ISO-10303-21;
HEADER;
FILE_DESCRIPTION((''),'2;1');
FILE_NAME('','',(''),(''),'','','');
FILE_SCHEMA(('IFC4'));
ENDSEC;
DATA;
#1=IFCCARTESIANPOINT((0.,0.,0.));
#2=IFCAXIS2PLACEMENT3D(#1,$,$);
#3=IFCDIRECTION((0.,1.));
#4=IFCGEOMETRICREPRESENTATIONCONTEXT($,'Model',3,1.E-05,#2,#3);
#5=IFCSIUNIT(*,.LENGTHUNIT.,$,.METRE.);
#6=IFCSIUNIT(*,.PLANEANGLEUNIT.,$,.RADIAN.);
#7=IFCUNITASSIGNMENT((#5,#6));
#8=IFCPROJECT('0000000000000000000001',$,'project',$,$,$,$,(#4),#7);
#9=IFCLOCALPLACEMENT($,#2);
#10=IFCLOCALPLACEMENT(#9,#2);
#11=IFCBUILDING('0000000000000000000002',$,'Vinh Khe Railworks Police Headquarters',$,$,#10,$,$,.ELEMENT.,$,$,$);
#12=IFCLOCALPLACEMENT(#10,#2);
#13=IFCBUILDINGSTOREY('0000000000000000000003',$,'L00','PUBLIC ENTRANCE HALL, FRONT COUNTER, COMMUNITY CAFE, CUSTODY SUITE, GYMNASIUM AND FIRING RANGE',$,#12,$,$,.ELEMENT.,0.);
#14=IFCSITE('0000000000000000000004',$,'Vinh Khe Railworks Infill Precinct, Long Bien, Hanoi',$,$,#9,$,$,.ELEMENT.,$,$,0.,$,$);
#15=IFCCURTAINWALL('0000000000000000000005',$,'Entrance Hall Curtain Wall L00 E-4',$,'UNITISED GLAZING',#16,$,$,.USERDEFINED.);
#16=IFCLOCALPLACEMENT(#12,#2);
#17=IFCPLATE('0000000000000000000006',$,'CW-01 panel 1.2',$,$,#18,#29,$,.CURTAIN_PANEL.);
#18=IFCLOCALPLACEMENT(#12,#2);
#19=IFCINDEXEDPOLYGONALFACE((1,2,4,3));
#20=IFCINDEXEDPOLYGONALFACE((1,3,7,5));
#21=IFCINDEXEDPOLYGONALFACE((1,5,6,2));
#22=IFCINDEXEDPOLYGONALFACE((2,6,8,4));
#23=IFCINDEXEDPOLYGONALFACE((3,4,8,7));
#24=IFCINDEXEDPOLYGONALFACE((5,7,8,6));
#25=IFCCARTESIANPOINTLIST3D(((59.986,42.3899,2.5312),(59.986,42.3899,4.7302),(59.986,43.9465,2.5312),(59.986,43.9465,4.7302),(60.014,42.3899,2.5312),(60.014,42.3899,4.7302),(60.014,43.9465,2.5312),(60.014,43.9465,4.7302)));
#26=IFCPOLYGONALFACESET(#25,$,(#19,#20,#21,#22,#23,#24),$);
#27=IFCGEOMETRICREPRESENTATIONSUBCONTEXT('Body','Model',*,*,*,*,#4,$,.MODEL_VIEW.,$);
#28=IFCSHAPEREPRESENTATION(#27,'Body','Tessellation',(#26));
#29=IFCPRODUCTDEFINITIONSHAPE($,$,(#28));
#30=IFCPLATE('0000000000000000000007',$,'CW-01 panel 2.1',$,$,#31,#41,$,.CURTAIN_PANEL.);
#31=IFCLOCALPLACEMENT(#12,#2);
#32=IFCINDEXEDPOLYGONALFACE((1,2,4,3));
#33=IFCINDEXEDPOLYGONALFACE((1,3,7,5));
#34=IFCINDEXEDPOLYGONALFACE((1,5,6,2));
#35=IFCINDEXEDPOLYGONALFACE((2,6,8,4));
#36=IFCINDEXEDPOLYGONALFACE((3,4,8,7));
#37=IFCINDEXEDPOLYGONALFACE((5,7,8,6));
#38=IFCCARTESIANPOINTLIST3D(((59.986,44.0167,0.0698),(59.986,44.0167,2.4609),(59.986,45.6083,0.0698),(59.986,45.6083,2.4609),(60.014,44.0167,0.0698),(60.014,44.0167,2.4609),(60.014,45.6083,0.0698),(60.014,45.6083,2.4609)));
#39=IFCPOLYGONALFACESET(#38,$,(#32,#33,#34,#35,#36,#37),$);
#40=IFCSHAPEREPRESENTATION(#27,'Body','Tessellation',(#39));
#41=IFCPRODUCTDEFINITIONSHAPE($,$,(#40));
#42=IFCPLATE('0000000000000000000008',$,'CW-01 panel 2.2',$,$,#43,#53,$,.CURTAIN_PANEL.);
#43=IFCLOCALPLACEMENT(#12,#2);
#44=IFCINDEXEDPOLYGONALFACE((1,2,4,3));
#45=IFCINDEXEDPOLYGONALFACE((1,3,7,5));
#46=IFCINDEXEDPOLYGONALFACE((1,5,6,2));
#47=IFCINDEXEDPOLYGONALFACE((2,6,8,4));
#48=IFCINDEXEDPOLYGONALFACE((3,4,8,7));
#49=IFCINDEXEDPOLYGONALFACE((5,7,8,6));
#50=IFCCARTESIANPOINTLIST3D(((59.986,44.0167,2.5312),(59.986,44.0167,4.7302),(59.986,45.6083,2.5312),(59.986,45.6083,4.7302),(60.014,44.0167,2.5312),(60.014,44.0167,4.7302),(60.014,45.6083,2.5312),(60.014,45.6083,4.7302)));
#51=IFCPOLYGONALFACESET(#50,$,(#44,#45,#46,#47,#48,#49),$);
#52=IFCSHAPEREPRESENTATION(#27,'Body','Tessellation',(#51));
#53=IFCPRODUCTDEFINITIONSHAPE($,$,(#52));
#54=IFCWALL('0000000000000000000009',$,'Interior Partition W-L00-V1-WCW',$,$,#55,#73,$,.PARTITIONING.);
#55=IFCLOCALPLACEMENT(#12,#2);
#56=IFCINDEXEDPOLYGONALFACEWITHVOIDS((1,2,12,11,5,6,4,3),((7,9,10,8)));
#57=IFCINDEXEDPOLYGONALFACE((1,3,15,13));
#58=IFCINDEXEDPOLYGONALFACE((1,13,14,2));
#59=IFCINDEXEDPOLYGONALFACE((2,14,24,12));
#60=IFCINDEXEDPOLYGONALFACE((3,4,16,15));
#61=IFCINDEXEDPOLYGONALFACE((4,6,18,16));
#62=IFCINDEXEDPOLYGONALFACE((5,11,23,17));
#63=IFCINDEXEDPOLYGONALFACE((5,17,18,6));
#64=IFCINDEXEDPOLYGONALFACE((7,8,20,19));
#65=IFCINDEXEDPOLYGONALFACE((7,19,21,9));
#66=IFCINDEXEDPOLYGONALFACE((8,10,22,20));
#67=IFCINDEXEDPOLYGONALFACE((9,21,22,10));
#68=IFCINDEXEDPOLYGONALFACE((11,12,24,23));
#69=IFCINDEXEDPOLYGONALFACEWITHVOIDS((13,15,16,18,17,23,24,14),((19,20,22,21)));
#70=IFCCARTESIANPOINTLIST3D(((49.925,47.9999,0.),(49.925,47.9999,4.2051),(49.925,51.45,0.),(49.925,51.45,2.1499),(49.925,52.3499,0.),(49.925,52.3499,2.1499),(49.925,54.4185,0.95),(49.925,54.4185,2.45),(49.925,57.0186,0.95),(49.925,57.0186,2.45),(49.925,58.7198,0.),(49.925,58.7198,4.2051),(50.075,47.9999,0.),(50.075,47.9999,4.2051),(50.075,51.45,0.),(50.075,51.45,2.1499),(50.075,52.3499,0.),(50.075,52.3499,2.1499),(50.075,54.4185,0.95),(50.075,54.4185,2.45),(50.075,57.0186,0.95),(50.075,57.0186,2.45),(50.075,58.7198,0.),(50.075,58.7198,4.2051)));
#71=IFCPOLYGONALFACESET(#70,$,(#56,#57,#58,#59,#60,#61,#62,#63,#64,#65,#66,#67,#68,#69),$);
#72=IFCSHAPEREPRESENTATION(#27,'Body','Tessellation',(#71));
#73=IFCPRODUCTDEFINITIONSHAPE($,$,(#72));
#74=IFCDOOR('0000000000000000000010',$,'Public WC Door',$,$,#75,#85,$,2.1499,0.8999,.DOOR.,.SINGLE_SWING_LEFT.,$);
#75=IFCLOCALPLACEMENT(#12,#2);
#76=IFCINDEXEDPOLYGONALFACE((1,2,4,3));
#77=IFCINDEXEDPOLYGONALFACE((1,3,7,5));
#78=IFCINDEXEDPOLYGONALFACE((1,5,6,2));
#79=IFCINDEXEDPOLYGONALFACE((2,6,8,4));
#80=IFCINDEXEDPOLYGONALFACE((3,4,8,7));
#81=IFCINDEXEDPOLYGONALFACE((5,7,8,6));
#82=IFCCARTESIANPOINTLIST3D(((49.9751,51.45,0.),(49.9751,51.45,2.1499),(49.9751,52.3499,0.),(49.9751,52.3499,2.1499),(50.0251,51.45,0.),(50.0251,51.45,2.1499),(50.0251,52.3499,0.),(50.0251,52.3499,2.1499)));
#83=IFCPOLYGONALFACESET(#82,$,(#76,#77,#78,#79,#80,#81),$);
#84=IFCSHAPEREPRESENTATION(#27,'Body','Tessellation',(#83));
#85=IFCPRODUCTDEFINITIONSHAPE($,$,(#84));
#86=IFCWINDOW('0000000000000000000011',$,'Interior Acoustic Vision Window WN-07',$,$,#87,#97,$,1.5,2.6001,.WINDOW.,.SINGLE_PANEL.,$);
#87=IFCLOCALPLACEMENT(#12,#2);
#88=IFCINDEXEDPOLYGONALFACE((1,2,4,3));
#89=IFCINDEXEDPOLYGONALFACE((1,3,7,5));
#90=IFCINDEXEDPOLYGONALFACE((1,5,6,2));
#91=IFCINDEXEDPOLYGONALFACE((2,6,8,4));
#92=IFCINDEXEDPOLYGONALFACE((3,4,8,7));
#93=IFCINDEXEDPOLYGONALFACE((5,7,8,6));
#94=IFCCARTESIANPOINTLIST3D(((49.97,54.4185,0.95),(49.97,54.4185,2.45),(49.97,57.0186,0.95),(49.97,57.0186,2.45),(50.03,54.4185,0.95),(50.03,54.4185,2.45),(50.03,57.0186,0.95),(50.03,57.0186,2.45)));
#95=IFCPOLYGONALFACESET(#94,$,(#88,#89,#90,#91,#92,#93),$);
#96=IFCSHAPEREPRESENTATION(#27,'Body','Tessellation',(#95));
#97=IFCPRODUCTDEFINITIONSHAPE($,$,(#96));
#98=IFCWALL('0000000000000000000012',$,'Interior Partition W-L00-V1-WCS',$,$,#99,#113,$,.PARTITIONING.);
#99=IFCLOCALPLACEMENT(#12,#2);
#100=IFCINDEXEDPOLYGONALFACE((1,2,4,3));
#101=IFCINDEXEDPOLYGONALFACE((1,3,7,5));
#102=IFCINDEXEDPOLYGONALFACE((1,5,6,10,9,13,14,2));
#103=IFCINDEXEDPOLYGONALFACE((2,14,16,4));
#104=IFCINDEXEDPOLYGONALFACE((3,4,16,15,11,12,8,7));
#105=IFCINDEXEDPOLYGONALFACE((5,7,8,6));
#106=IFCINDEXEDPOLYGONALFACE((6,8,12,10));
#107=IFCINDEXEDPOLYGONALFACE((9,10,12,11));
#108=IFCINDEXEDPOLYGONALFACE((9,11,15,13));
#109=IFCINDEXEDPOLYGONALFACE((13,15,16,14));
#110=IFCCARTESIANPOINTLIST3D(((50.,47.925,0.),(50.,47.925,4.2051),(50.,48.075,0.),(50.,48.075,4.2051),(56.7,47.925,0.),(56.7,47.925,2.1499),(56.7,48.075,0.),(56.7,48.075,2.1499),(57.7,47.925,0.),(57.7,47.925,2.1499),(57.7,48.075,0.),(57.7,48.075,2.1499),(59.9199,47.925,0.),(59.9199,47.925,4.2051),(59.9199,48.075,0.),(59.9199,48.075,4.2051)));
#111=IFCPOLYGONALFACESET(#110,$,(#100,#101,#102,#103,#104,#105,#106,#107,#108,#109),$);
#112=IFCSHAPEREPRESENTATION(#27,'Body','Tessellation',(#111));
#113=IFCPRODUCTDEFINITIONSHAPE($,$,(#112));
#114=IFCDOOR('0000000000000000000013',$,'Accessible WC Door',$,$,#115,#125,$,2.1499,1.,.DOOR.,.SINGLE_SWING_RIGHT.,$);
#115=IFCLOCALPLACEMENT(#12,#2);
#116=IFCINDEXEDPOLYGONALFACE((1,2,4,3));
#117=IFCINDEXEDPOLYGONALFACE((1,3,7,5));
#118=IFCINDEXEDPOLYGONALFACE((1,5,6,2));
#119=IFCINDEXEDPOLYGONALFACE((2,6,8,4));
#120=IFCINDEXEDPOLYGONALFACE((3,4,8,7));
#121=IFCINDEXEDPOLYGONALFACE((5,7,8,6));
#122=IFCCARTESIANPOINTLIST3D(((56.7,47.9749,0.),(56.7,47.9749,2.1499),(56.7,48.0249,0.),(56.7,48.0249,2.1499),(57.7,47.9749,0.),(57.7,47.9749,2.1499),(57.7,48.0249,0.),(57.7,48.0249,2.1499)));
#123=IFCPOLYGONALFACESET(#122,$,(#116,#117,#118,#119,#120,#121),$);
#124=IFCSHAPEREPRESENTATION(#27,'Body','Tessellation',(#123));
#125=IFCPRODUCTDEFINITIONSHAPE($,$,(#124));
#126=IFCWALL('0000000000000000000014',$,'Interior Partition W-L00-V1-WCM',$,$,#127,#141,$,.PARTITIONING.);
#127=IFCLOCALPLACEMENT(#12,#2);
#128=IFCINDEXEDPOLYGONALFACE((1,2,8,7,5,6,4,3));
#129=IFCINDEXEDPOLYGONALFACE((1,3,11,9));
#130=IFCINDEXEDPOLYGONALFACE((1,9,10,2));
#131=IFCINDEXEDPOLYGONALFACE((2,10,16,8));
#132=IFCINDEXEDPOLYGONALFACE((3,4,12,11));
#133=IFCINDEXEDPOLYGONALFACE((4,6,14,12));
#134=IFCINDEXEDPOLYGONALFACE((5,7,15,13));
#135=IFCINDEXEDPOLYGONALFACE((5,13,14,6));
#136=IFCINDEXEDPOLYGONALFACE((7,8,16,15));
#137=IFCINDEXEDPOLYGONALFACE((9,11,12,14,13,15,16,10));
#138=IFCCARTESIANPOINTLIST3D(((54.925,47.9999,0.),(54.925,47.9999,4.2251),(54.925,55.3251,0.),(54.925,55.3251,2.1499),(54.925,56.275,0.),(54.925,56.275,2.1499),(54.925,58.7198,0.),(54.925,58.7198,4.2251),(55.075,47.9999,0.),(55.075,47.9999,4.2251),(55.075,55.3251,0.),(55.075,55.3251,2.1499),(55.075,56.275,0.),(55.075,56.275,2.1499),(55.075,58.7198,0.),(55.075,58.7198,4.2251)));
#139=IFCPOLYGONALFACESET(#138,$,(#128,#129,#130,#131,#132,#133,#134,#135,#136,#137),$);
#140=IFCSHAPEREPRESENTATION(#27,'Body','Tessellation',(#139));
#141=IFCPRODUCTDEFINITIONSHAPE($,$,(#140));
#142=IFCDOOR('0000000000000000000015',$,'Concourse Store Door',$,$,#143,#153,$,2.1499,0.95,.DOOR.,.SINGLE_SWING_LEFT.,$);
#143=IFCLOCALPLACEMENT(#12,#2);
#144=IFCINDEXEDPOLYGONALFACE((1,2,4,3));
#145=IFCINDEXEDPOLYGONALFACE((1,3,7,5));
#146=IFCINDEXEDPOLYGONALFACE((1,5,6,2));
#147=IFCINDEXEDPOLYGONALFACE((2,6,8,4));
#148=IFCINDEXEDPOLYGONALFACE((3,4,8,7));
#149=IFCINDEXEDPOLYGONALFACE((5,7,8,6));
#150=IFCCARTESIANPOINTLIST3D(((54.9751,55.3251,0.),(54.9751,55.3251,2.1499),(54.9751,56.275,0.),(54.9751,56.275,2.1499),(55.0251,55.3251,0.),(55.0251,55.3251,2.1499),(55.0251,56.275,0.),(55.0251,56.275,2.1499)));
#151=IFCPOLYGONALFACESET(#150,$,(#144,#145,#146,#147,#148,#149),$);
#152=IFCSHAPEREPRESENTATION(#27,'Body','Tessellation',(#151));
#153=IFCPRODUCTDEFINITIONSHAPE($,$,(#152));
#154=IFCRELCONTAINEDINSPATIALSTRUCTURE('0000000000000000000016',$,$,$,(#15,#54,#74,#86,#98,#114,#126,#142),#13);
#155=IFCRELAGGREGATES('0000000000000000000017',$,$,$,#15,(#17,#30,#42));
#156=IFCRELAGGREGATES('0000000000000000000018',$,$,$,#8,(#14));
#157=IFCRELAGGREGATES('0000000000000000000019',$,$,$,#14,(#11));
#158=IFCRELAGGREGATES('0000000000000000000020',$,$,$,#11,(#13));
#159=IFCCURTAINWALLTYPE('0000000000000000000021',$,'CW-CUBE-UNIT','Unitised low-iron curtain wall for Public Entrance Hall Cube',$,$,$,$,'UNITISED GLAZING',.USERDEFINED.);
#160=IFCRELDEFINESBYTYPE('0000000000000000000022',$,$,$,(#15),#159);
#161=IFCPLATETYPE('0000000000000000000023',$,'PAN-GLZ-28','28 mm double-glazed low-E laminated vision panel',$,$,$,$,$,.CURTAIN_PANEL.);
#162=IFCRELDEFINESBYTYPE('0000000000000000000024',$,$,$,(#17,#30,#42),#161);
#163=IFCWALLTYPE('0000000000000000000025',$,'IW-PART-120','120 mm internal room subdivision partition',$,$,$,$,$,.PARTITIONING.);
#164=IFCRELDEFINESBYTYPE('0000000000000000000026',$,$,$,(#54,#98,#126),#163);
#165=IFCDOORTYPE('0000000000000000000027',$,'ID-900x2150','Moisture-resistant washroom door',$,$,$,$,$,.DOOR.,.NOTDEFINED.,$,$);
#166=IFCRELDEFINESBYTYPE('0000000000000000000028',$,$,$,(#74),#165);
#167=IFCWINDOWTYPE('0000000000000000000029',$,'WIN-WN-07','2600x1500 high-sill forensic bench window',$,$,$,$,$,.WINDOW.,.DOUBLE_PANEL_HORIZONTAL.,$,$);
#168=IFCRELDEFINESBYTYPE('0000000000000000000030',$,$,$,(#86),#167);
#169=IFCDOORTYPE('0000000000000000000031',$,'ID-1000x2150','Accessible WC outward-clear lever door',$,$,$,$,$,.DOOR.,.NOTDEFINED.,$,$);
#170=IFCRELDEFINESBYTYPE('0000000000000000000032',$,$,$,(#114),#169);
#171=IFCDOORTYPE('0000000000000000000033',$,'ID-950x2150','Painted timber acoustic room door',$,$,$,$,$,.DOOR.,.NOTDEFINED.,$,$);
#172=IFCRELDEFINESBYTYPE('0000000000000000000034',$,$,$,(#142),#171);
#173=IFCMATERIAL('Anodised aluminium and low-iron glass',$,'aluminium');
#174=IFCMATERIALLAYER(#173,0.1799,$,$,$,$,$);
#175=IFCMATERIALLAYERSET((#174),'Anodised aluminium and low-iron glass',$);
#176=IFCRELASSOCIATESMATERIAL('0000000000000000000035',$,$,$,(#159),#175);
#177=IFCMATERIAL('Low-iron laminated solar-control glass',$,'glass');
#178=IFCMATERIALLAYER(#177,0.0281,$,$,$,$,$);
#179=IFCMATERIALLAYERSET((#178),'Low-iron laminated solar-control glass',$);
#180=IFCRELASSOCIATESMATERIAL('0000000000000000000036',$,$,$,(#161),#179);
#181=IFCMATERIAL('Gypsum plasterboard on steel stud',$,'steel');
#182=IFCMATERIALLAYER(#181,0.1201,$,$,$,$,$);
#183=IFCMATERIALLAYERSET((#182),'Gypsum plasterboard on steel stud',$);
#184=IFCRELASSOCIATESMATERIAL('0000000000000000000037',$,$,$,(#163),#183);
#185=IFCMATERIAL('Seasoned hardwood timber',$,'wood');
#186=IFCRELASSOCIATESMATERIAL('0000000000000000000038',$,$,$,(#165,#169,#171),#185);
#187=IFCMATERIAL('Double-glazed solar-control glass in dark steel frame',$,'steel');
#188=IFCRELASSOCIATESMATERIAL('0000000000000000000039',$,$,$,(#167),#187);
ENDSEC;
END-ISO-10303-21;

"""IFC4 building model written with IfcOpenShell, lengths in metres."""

from ifc_helpers import new_model, si_unit, direction, frame, frame_2d, origin, origin_2d, place, context, subcontext, project, spatial, rectangle, extrude, material, layer, layer_set, type_object, element, fill, aggregate, save


model = new_model("IFC4")

# Units and contexts
model_context = context("Model", 3, precision=1e-05, world=origin(), true_north=direction((0.0, 1.0)))
body_context = subcontext(model_context, "Body", "Model", "MODEL_VIEW")
ifc_project = project(units=[si_unit("LENGTHUNIT", "METRE"), si_unit("PLANEANGLEUNIT", "RADIAN")], contexts=[model_context])

# Site, building, storey
site_placement = place(None, origin())
site = spatial("IfcSite", under=ifc_project, at=site_placement, Name="Vinh Khe Railworks Infill Precinct, Long Bien, Hanoi", CompositionType="ELEMENT", RefElevation=0.0)
building_placement = place(site_placement, origin())
building = spatial("IfcBuilding", under=site, at=building_placement, Name="Vinh Khe Railworks Police Headquarters", CompositionType="ELEMENT")
storey_placement = place(building_placement, origin())
storey = spatial("IfcBuildingStorey", under=building, at=storey_placement, Name="L00", Description="PUBLIC ENTRANCE HALL, FRONT COUNTER, COMMUNITY CAFE, CUSTODY SUITE, GYMNASIUM AND FIRING RANGE", CompositionType="ELEMENT", Elevation=0.0)

# Curtain wall
ifc_material_1 = material(Name="Anodised aluminium and low-iron glass", Category="aluminium")
ifc_layer_1 = layer(ifc_material_1, 0.1799)
ifc_layer_set_1 = layer_set([ifc_layer_1], Name="Anodised aluminium and low-iron glass")
curtain_wall_type = type_object("IfcCurtainWallType", Name="CW-CUBE-UNIT", Description="Unitised low-iron curtain wall for Public Entrance Hall Cube", ElementType="UNITISED GLAZING", PredefinedType="USERDEFINED", material=ifc_layer_set_1)
curtain_wall_placement = place(storey_placement, origin())
curtain_wall = element("IfcCurtainWall", 1, at=curtain_wall_placement, inside=storey, type_object=curtain_wall_type, Name="Entrance Hall Curtain Wall L00 E-4", ObjectType="UNITISED GLAZING", PredefinedType="USERDEFINED")

# Plates
ifc_material_2 = material(Name="Low-iron laminated solar-control glass", Category="glass")
ifc_layer_2 = layer(ifc_material_2, 0.0281)
ifc_layer_set_2 = layer_set([ifc_layer_2], Name="Low-iron laminated solar-control glass")
plate_type = type_object("IfcPlateType", Name="PAN-GLZ-28", Description="28 mm double-glazed low-E laminated vision panel", PredefinedType="CURTAIN_PANEL", material=ifc_layer_set_2)
plate_1_placement = place(storey_placement, frame((60.0, 43.1682, 2.5312), z_axis=(0.0, 0.0, 1.0), x_axis=(0.0, 1.0, 0.0)))
plate_1 = element("IfcPlate", 2, at=plate_1_placement, type_object=plate_type, Name="CW-01 panel 1.2", PredefinedType="CURTAIN_PANEL", context=body_context, shape_type="SweptSolid", body=[
    extrude(rectangle(XDim=1.5566, YDim=0.0281, at=origin_2d()), origin(), (0.0, 0.0, 1.0), 2.199),
])
plate_2_placement = place(storey_placement, frame((60.0, 44.8125, 0.0698), z_axis=(0.0, 0.0, 1.0), x_axis=(0.0, 1.0, 0.0)))
plate_2 = element("IfcPlate", 3, at=plate_2_placement, type_object=plate_type, Name="CW-01 panel 2.1", PredefinedType="CURTAIN_PANEL", context=body_context, shape_type="SweptSolid", body=[
    extrude(rectangle(XDim=1.5916, YDim=0.0281, at=origin_2d()), origin(), (0.0, 0.0, 1.0), 2.3911),
])
plate_3_placement = place(storey_placement, frame((60.0, 44.8125, 2.5312), z_axis=(0.0, 0.0, 1.0), x_axis=(0.0, 1.0, 0.0)))
plate_3 = element("IfcPlate", 4, at=plate_3_placement, type_object=plate_type, Name="CW-01 panel 2.2", PredefinedType="CURTAIN_PANEL", context=body_context, shape_type="SweptSolid", body=[
    extrude(rectangle(XDim=1.5916, YDim=0.0281, at=origin_2d()), origin(), (0.0, 0.0, 1.0), 2.199),
])
aggregate(curtain_wall, [plate_1, plate_2, plate_3])

# Wall, openings, door, window
ifc_material_3 = material(Name="Gypsum plasterboard on steel stud", Category="steel")
ifc_layer_3 = layer(ifc_material_3, 0.1201)
ifc_layer_set_3 = layer_set([ifc_layer_3], Name="Gypsum plasterboard on steel stud")
wall_type = type_object("IfcWallType", Name="IW-PART-120", Description="120 mm internal room subdivision partition", PredefinedType="PARTITIONING", material=ifc_layer_set_3)
wall_1_placement = place(storey_placement, frame((50.0, 48.0, 0.0), z_axis=(0.0, 0.0, 1.0), x_axis=(0.0, 1.0, 0.0)))
wall_1 = element("IfcWall", 5, at=wall_1_placement, inside=storey, type_object=wall_type, Name="Interior Partition W-L00-V1-WCW", PredefinedType="PARTITIONING", context=body_context, shape_type="SweptSolid", body=[
    extrude(rectangle(XDim=10.72, YDim=0.1499, at=frame_2d((5.3599, 0.0))), origin(), (0.0, 0.0, 1.0), 4.2051),
])
opening_1_placement = place(wall_1_placement, frame((3.45, 0.0, 0.0)))
opening_1 = element("IfcOpeningElement", 6, at=opening_1_placement, cuts=wall_1, PredefinedType="OPENING", context=body_context, shape_type="SweptSolid", body=[
    extrude(rectangle(XDim=0.8999, YDim=2.1499, at=frame_2d((0.45, 1.075))), frame((0.0, 0.0898, 0.0), z_axis=(0.0, -1.0, 0.0), x_axis=(1.0, 0.0, 0.0)), (0.0, 0.0, 1.0), 0.1797),
])
opening_2_placement = place(wall_1_placement, frame((6.4185, 0.0, 0.95)))
opening_2 = element("IfcOpeningElement", 7, at=opening_2_placement, cuts=wall_1, PredefinedType="OPENING", context=body_context, shape_type="SweptSolid", body=[
    extrude(rectangle(XDim=2.6001, YDim=1.5, at=frame_2d((1.3, 0.75))), frame((0.0, 0.0898, 0.0), z_axis=(0.0, -1.0, 0.0), x_axis=(1.0, 0.0, 0.0)), (0.0, 0.0, 1.0), 0.1797),
])
ifc_material_4 = material(Name="Seasoned hardwood timber", Category="wood")
door_type_1 = type_object("IfcDoorType", Name="ID-900x2150", Description="Moisture-resistant washroom door", OperationType="NOTDEFINED", PredefinedType="DOOR", material=ifc_material_4)
door_1_placement = place(opening_1_placement, origin())
door_1 = element("IfcDoor", 8, at=door_1_placement, inside=storey, type_object=door_type_1, Name="Public WC Door", OperationType="SINGLE_SWING_LEFT", OverallHeight=2.1499, OverallWidth=0.8999, PredefinedType="DOOR", context=body_context, shape_type="SweptSolid", body=[
    extrude(rectangle(XDim=0.8999, YDim=2.1499, at=frame_2d((0.45, 1.075))), frame((0.0, 0.0249, 0.0), z_axis=(0.0, -1.0, 0.0), x_axis=(1.0, 0.0, 0.0)), (0.0, 0.0, 1.0), 0.05),
])
fill(opening_1, door_1)
ifc_material_5 = material(Name="Double-glazed solar-control glass in dark steel frame", Category="steel")
window_type_1 = type_object("IfcWindowType", Name="WIN-WN-07", Description="2600x1500 high-sill forensic bench window", PartitioningType="DOUBLE_PANEL_HORIZONTAL", PredefinedType="WINDOW", material=ifc_material_5)
window_1_placement = place(opening_2_placement, origin())
window_1 = element("IfcWindow", 9, at=window_1_placement, inside=storey, type_object=window_type_1, Name="Interior Acoustic Vision Window WN-07", OverallHeight=1.5, OverallWidth=2.6001, PartitioningType="SINGLE_PANEL", PredefinedType="WINDOW", context=body_context, shape_type="SweptSolid", body=[
    extrude(rectangle(XDim=2.6001, YDim=1.5, at=frame_2d((1.3, 0.75))), frame((0.0, 0.03, 0.0), z_axis=(0.0, -1.0, 0.0), x_axis=(1.0, 0.0, 0.0)), (0.0, 0.0, 1.0), 0.0601),
])
fill(opening_2, window_1)

# Walls, openings, doors
wall_2_placement = place(storey_placement, frame((50.0, 48.0, 0.0), z_axis=(0.0, 0.0, 1.0), x_axis=(1.0, 0.0, 0.0)))
wall_2 = element("IfcWall", 10, at=wall_2_placement, inside=storey, type_object=wall_type, Name="Interior Partition W-L00-V1-WCS", PredefinedType="PARTITIONING", context=body_context, shape_type="SweptSolid", body=[
    extrude(rectangle(XDim=9.9199, YDim=0.1499, at=frame_2d((4.96, 0.0))), origin(), (0.0, 0.0, 1.0), 4.2051),
])
opening_3_placement = place(wall_2_placement, frame((6.7, 0.0, 0.0)))
opening_3 = element("IfcOpeningElement", 11, at=opening_3_placement, cuts=wall_2, PredefinedType="OPENING", context=body_context, shape_type="SweptSolid", body=[
    extrude(rectangle(XDim=1.0, YDim=2.1499, at=frame_2d((0.5, 1.075))), frame((0.0, 0.0898, 0.0), z_axis=(0.0, -1.0, 0.0), x_axis=(1.0, 0.0, 0.0)), (0.0, 0.0, 1.0), 0.1797),
])
door_type_2 = type_object("IfcDoorType", Name="ID-1000x2150", Description="Accessible WC outward-clear lever door", OperationType="NOTDEFINED", PredefinedType="DOOR", material=ifc_material_4)
door_2_placement = place(opening_3_placement, origin())
door_2 = element("IfcDoor", 12, at=door_2_placement, inside=storey, type_object=door_type_2, Name="Accessible WC Door", OperationType="SINGLE_SWING_RIGHT", OverallHeight=2.1499, OverallWidth=1.0, PredefinedType="DOOR", context=body_context, shape_type="SweptSolid", body=[
    extrude(rectangle(XDim=1.0, YDim=2.1499, at=frame_2d((0.5, 1.075))), frame((0.0, 0.0249, 0.0), z_axis=(0.0, -1.0, 0.0), x_axis=(1.0, 0.0, 0.0)), (0.0, 0.0, 1.0), 0.05),
])
fill(opening_3, door_2)
wall_3_placement = place(storey_placement, frame((55.0, 48.0, 0.0), z_axis=(0.0, 0.0, 1.0), x_axis=(0.0, 1.0, 0.0)))
wall_3 = element("IfcWall", 13, at=wall_3_placement, inside=storey, type_object=wall_type, Name="Interior Partition W-L00-V1-WCM", PredefinedType="PARTITIONING", context=body_context, shape_type="SweptSolid", body=[
    extrude(rectangle(XDim=10.72, YDim=0.1499, at=frame_2d((5.3599, 0.0))), origin(), (0.0, 0.0, 1.0), 4.2251),
])
opening_4_placement = place(wall_3_placement, frame((7.325, 0.0, 0.0)))
opening_4 = element("IfcOpeningElement", 14, at=opening_4_placement, cuts=wall_3, PredefinedType="OPENING", context=body_context, shape_type="SweptSolid", body=[
    extrude(rectangle(XDim=0.95, YDim=2.1499, at=frame_2d((0.4751, 1.075))), frame((0.0, 0.0898, 0.0), z_axis=(0.0, -1.0, 0.0), x_axis=(1.0, 0.0, 0.0)), (0.0, 0.0, 1.0), 0.1797),
])
door_type_3 = type_object("IfcDoorType", Name="ID-950x2150", Description="Painted timber acoustic room door", OperationType="NOTDEFINED", PredefinedType="DOOR", material=ifc_material_4)
door_3_placement = place(opening_4_placement, origin())
door_3 = element("IfcDoor", 15, at=door_3_placement, inside=storey, type_object=door_type_3, Name="Concourse Store Door", OperationType="SINGLE_SWING_LEFT", OverallHeight=2.1499, OverallWidth=0.95, PredefinedType="DOOR", context=body_context, shape_type="SweptSolid", body=[
    extrude(rectangle(XDim=0.95, YDim=2.1499, at=frame_2d((0.4751, 1.075))), frame((0.0, 0.0249, 0.0), z_axis=(0.0, -1.0, 0.0), x_axis=(1.0, 0.0, 0.0)), (0.0, 0.0, 1.0), 0.05),
])
fill(opening_4, door_3)

save(model, "model.ifc")
